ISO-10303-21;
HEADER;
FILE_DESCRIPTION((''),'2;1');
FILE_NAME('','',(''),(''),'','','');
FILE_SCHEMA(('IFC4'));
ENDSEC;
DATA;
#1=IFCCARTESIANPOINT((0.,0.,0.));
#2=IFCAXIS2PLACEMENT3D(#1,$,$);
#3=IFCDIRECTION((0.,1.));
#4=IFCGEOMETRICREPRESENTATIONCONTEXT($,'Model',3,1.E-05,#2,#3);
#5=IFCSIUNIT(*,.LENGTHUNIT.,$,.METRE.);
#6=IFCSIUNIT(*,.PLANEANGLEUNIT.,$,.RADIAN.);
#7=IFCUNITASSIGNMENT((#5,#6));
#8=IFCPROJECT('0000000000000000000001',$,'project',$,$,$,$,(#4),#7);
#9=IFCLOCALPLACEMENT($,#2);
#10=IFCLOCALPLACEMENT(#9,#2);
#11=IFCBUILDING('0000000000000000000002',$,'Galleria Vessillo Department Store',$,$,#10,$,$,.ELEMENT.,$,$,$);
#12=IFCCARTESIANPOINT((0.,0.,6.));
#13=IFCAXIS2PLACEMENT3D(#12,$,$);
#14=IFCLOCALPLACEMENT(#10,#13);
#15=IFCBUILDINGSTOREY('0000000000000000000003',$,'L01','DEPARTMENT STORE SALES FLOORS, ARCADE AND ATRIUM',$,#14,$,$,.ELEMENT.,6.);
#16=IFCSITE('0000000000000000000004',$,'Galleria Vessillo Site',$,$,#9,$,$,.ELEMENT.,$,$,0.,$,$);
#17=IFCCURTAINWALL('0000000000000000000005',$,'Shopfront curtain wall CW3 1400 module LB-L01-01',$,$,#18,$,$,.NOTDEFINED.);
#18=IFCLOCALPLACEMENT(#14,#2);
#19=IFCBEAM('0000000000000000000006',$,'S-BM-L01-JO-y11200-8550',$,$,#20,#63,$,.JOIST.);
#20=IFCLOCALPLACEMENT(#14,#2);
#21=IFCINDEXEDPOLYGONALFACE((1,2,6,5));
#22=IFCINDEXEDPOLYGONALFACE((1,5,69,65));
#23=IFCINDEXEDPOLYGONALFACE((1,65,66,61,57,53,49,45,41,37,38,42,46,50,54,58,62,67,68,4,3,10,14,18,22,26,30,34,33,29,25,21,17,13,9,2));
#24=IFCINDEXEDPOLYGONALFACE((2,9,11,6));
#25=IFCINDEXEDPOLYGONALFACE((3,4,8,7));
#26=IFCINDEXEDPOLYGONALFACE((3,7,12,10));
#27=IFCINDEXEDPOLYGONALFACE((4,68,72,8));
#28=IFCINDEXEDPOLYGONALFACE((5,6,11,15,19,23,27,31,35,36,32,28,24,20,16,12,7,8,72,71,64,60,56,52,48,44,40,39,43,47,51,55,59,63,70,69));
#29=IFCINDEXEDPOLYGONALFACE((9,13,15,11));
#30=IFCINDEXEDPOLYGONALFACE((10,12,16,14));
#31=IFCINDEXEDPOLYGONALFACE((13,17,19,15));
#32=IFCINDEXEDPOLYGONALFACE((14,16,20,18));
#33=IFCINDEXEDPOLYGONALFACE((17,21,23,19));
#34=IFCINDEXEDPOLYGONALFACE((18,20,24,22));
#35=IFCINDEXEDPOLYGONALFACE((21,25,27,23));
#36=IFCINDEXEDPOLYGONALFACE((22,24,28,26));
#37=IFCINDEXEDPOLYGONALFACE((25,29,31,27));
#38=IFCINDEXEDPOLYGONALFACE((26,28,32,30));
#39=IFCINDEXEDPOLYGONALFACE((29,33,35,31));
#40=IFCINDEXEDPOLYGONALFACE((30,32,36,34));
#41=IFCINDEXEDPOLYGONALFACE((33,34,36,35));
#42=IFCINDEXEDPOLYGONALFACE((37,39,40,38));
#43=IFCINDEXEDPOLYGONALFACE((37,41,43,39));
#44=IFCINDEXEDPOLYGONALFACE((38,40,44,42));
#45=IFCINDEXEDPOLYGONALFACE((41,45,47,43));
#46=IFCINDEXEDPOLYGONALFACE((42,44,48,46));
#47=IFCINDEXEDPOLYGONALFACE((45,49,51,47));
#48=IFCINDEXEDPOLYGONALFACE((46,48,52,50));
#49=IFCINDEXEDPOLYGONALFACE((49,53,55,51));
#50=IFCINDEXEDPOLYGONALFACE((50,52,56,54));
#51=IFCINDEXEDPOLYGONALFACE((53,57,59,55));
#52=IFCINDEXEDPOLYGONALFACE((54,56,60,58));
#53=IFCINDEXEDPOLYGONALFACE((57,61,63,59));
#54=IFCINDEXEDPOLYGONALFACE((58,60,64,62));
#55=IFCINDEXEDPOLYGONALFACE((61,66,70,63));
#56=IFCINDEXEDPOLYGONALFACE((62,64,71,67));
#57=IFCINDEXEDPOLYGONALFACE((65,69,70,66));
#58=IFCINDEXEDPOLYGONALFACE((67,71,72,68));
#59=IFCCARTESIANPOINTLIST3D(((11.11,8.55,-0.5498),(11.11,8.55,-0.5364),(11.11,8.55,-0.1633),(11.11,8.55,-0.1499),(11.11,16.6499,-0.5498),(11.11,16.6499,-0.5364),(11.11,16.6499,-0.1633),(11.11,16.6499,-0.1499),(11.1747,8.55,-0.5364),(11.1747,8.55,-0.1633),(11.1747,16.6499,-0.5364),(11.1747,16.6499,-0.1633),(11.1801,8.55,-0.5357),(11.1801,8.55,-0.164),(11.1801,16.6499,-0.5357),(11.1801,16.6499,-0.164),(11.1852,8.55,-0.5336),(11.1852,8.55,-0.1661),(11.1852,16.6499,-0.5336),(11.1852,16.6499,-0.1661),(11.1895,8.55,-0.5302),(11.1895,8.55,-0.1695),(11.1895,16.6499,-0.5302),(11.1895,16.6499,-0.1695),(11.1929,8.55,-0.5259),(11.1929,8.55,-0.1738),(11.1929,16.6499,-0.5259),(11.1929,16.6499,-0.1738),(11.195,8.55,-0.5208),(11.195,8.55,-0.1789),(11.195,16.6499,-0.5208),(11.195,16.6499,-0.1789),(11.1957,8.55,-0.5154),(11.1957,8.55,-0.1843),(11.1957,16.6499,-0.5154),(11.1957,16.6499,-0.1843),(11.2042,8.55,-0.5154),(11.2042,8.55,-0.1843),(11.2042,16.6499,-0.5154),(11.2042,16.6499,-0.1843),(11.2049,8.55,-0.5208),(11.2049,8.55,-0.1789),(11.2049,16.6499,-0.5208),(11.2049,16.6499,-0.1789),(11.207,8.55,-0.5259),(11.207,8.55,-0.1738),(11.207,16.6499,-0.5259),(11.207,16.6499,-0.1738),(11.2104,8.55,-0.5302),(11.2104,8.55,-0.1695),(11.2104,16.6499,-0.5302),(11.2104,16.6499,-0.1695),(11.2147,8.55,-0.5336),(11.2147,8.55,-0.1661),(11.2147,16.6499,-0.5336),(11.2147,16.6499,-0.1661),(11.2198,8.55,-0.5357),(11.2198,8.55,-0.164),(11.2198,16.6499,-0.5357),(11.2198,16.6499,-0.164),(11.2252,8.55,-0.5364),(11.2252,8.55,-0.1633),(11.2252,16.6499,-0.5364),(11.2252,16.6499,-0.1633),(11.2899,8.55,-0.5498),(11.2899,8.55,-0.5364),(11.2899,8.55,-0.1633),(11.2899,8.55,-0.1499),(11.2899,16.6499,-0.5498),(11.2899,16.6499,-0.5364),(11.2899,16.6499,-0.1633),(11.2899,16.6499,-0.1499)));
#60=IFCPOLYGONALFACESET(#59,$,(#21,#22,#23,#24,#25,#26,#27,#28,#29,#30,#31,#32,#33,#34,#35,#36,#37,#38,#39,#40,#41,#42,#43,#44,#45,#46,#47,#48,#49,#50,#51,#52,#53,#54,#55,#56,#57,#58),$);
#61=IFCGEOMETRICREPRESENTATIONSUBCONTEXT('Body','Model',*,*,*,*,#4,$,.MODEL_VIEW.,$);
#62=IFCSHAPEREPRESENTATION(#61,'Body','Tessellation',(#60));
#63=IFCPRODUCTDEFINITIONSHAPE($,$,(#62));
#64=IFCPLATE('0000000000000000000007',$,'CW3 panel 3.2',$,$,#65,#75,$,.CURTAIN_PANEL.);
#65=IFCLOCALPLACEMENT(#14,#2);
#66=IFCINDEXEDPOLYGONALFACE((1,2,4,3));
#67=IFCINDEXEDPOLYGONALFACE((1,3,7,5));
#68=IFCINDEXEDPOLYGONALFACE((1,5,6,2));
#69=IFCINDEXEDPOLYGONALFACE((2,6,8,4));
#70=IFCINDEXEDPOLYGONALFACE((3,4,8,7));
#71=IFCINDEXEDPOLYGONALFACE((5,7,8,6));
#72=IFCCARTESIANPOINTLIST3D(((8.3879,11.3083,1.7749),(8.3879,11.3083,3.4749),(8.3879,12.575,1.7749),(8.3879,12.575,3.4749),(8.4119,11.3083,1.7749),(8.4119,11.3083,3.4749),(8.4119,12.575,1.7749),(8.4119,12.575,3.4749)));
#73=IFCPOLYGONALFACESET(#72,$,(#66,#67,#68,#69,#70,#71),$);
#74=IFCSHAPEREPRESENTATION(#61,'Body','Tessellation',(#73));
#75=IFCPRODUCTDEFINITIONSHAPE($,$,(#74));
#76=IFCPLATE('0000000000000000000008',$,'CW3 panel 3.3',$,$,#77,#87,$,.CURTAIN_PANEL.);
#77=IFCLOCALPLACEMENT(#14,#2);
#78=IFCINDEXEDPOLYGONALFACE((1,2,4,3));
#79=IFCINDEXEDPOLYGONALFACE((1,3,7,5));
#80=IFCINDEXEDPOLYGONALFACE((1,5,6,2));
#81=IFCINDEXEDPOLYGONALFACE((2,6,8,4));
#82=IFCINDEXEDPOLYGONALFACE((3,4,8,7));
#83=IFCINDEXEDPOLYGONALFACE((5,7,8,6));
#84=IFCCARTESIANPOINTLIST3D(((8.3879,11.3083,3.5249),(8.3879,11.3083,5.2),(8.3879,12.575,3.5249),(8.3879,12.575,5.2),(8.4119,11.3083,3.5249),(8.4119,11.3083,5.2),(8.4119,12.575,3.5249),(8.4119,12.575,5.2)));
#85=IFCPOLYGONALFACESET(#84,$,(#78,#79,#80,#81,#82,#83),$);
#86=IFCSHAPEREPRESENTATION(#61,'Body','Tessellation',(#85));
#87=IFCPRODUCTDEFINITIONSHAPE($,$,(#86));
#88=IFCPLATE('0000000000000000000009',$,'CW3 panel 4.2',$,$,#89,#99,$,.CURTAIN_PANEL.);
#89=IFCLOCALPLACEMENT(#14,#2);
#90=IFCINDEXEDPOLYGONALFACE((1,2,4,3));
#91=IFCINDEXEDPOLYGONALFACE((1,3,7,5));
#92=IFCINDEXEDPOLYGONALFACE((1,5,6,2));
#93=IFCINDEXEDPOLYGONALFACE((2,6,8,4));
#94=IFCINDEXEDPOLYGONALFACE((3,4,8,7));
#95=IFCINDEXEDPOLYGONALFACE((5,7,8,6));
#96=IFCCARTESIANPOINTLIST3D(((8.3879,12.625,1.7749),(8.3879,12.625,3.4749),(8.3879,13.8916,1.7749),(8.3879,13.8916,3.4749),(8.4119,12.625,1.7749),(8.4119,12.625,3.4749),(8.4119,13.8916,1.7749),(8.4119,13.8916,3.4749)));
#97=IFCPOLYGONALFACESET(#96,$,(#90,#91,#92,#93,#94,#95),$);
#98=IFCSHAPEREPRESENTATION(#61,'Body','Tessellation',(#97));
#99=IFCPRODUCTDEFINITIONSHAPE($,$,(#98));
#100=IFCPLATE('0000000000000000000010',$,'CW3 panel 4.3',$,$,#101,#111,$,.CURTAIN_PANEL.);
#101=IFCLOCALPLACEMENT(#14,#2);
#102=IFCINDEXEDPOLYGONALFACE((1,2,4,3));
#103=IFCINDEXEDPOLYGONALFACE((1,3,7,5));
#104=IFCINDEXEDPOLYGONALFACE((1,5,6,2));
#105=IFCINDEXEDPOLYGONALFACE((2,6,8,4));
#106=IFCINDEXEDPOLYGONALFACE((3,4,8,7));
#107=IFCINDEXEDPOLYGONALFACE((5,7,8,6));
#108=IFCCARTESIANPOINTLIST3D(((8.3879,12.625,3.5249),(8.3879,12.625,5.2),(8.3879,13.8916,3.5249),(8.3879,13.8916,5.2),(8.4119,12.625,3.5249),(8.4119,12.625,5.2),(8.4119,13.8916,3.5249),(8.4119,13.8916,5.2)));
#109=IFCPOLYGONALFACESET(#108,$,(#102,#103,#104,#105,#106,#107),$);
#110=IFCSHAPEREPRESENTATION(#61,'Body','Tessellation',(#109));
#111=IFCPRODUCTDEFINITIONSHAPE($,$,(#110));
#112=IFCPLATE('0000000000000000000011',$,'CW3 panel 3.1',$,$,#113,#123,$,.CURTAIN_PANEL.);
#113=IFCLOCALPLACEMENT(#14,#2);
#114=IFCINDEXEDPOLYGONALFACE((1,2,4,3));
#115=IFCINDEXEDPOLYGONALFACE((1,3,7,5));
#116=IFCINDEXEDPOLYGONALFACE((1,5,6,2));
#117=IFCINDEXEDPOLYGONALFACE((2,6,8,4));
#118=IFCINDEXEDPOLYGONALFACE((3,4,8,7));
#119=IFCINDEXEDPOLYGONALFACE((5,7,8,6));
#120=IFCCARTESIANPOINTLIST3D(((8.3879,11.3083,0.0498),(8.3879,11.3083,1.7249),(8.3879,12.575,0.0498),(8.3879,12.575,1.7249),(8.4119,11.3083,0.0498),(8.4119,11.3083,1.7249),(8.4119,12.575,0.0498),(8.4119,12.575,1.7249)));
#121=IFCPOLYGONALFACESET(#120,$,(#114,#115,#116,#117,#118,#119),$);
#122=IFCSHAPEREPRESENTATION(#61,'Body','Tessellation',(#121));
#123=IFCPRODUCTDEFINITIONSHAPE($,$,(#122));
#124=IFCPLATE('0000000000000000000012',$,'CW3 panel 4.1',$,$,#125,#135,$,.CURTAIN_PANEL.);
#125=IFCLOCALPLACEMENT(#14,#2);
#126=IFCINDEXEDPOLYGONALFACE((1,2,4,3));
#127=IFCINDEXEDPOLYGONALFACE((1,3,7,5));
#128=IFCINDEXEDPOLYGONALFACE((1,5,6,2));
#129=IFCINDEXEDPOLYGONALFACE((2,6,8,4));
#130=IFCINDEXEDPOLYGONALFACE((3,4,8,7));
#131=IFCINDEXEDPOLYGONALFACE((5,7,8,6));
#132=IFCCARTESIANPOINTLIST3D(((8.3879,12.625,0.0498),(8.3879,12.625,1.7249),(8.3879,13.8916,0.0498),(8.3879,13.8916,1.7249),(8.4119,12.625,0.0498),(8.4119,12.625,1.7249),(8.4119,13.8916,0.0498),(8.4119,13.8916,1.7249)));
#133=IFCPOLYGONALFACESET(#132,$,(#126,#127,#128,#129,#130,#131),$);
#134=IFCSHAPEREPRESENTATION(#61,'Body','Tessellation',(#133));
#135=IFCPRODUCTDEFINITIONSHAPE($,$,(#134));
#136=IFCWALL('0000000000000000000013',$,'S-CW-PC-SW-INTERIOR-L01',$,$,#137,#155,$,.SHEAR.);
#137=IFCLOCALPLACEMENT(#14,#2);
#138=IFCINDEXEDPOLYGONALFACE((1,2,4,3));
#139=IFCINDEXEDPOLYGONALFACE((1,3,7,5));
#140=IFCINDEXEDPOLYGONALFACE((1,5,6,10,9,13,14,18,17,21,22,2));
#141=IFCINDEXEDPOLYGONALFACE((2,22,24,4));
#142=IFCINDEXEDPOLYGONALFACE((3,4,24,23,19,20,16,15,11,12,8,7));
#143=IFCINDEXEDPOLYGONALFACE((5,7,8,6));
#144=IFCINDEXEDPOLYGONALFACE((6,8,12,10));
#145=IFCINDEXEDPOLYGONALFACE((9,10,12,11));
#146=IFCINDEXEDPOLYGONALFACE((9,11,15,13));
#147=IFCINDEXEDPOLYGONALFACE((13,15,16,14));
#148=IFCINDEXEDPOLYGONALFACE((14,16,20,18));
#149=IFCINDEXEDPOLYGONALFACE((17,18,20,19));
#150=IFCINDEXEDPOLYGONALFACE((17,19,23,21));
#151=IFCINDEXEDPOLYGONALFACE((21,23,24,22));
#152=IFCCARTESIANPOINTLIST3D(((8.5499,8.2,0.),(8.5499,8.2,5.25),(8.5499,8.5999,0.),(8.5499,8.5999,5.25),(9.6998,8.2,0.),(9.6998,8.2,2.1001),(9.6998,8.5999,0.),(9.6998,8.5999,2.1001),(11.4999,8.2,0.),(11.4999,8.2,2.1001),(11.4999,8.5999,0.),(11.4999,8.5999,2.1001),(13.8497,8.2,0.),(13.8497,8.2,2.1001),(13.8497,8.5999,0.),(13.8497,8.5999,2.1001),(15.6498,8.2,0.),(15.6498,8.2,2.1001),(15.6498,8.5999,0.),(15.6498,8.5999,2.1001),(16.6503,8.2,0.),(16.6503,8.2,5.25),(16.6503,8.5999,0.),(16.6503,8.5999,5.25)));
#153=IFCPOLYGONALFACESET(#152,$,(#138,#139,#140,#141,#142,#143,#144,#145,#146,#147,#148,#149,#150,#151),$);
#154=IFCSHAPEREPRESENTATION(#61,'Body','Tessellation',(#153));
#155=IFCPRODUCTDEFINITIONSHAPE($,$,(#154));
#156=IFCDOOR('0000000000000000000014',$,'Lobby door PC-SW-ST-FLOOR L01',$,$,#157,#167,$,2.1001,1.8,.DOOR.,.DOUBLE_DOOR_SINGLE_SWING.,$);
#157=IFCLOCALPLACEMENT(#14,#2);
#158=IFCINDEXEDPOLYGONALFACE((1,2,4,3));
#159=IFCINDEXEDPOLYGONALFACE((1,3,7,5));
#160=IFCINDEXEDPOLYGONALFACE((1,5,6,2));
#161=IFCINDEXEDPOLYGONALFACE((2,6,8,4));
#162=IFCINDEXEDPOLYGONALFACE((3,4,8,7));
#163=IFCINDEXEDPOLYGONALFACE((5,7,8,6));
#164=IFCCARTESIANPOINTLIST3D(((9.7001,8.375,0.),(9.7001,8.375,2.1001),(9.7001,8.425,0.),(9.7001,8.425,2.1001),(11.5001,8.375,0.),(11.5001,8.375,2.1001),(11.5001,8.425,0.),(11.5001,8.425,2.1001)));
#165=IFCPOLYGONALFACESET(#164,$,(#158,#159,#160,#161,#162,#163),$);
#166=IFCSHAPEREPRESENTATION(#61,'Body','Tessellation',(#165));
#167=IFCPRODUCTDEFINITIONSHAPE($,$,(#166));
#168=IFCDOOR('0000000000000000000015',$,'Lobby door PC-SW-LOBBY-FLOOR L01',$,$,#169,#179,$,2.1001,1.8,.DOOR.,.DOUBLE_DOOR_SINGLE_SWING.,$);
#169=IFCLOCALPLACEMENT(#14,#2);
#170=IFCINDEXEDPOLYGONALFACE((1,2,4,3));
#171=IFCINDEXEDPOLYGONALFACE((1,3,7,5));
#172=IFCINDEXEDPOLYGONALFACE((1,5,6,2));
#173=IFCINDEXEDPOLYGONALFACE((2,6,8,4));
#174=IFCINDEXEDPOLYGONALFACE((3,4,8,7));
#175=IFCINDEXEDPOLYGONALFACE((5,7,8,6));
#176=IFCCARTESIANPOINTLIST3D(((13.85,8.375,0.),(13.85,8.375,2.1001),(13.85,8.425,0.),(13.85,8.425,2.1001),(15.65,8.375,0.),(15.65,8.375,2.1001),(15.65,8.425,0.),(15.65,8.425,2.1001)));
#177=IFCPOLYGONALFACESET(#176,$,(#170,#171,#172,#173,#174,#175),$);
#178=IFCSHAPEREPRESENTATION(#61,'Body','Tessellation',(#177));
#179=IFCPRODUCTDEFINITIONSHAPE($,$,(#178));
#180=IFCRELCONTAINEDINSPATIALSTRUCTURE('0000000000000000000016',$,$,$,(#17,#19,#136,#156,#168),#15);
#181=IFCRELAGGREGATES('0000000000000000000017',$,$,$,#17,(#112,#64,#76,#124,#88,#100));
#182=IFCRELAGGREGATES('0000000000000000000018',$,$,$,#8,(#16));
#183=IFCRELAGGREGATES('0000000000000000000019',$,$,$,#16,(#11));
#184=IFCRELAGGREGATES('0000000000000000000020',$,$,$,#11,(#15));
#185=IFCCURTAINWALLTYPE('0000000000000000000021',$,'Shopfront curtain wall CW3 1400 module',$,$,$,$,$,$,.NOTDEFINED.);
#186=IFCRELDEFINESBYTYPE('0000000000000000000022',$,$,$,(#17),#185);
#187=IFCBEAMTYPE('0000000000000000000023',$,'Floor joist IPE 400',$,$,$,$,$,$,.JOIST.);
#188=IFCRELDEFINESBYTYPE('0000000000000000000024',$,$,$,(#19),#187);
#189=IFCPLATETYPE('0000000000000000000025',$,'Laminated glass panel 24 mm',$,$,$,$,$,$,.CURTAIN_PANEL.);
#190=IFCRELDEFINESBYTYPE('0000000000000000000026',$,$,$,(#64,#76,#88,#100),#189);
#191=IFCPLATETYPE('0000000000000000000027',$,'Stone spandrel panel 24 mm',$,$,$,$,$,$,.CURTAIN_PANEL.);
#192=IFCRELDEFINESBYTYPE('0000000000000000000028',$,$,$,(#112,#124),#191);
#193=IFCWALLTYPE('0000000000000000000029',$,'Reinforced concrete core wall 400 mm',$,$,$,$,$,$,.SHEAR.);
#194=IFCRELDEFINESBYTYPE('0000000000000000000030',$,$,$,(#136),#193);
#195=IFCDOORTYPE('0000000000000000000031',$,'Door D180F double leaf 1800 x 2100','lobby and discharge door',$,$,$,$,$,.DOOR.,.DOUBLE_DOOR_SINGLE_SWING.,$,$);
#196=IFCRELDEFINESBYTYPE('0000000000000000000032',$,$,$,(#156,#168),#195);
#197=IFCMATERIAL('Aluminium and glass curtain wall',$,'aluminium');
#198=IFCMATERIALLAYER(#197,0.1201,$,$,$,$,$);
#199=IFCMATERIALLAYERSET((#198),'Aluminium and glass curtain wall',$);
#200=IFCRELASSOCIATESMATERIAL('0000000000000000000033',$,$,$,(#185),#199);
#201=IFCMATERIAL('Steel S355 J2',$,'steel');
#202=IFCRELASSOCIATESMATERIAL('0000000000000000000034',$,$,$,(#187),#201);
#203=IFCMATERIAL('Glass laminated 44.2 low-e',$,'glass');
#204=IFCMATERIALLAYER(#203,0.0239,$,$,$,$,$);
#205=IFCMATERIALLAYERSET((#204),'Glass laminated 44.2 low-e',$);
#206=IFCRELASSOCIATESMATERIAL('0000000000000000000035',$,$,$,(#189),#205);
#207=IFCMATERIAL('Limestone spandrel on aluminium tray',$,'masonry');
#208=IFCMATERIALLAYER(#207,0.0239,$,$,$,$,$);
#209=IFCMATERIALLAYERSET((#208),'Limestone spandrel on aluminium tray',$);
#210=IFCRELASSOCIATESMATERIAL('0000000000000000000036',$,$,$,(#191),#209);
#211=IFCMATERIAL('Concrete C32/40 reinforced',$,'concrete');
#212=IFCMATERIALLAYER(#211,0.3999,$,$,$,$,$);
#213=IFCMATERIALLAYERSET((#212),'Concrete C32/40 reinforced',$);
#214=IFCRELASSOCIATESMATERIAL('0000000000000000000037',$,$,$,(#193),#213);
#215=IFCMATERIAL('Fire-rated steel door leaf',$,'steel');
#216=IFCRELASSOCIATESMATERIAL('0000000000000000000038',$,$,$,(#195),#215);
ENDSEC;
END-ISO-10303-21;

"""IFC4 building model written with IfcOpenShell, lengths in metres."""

from ifc_helpers import new_model, si_unit, direction, frame, frame_2d, origin, origin_2d, place, context, subcontext, project, spatial, rectangle, i_section, extrude, material, layer, layer_set, material_profile, profile_set, type_object, element, fill, aggregate, save


model = new_model("IFC4")

# Units and contexts
model_context = context("Model", 3, precision=1e-05, world=origin(), true_north=direction((0.0, 1.0)))
body_context = subcontext(model_context, "Body", "Model", "MODEL_VIEW")
ifc_project = project(units=[si_unit("LENGTHUNIT", "METRE"), si_unit("PLANEANGLEUNIT", "RADIAN")], contexts=[model_context])

# Site, building, storey
site_placement = place(None, origin())
site = spatial("IfcSite", under=ifc_project, at=site_placement, Name="Galleria Vessillo Site", CompositionType="ELEMENT", RefElevation=0.0)
building_placement = place(site_placement, origin())
building = spatial("IfcBuilding", under=site, at=building_placement, Name="Galleria Vessillo Department Store", CompositionType="ELEMENT")
storey_placement = place(building_placement, frame((0.0, 0.0, 6.0)))
storey = spatial("IfcBuildingStorey", under=building, at=storey_placement, Name="L01", Description="DEPARTMENT STORE SALES FLOORS, ARCADE AND ATRIUM", CompositionType="ELEMENT", Elevation=6.0)

# Curtain wall
ifc_material_1 = material(Name="Aluminium and glass curtain wall", Category="aluminium")
ifc_layer_1 = layer(ifc_material_1, 0.1201)
ifc_layer_set_1 = layer_set([ifc_layer_1], Name="Aluminium and glass curtain wall")
curtain_wall_type = type_object("IfcCurtainWallType", Name="Shopfront curtain wall CW3 1400 module", PredefinedType="NOTDEFINED", material=ifc_layer_set_1)
curtain_wall_placement = place(storey_placement, origin())
curtain_wall = element("IfcCurtainWall", 1, at=curtain_wall_placement, inside=storey, type_object=curtain_wall_type, Name="Shopfront curtain wall CW3 1400 module LB-L01-01", PredefinedType="NOTDEFINED")

# Beam
ifc_material_2 = material(Name="Steel S355 J2", Category="steel")
ifc_material_profile_1 = material_profile(ifc_material_2, i_section(OverallWidth=0.1799, OverallDepth=0.3999, WebThickness=0.0085, FlangeThickness=0.0134, FilletRadius=0.021, at=origin_2d()), Name="IPE 400")
ifc_profile_set_1 = profile_set([ifc_material_profile_1], Name="Steel S355 J2")
beam_type = type_object("IfcBeamType", Name="Floor joist IPE 400", PredefinedType="JOIST", material=ifc_profile_set_1)
beam_placement = place(storey_placement, frame((11.2, 8.55, -0.3499), z_axis=(0.0, 1.0, 0.0), x_axis=(-1.0, 0.0, 0.0)))
element("IfcBeam", 2, at=beam_placement, inside=storey, type_object=beam_type, Name="S-BM-L01-JO-y11200-8550", PredefinedType="JOIST", context=body_context, shape_type="SweptSolid", body=[
    extrude(i_section(OverallWidth=0.1799, OverallDepth=0.3999, WebThickness=0.0085, FlangeThickness=0.0134, FilletRadius=0.021, at=origin_2d()), origin(), (0.0, 0.0, 1.0), 8.0999),
])

# Plates
ifc_material_3 = material(Name="Glass laminated 44.2 low-e", Category="glass")
ifc_layer_2 = layer(ifc_material_3, 0.0239)
ifc_layer_set_2 = layer_set([ifc_layer_2], Name="Glass laminated 44.2 low-e")
plate_type_1 = type_object("IfcPlateType", Name="Laminated glass panel 24 mm", PredefinedType="CURTAIN_PANEL", material=ifc_layer_set_2)
plate_1_placement = place(storey_placement, frame((8.3999, 11.9417, 1.7749), z_axis=(0.0, 0.0, 1.0), x_axis=(0.0, 1.0, 0.0)))
plate_1 = element("IfcPlate", 3, at=plate_1_placement, type_object=plate_type_1, Name="CW3 panel 3.2", PredefinedType="CURTAIN_PANEL", context=body_context, shape_type="SweptSolid", body=[
    extrude(rectangle(XDim=1.2666, YDim=0.0239, at=origin_2d()), origin(), (0.0, 0.0, 1.0), 1.7),
])
plate_2_placement = place(storey_placement, frame((8.3999, 11.9417, 3.5249), z_axis=(0.0, 0.0, 1.0), x_axis=(0.0, 1.0, 0.0)))
plate_2 = element("IfcPlate", 4, at=plate_2_placement, type_object=plate_type_1, Name="CW3 panel 3.3", PredefinedType="CURTAIN_PANEL", context=body_context, shape_type="SweptSolid", body=[
    extrude(rectangle(XDim=1.2666, YDim=0.0239, at=origin_2d()), origin(), (0.0, 0.0, 1.0), 1.675),
])
plate_3_placement = place(storey_placement, frame((8.3999, 13.2583, 1.7749), z_axis=(0.0, 0.0, 1.0), x_axis=(0.0, 1.0, 0.0)))
plate_3 = element("IfcPlate", 5, at=plate_3_placement, type_object=plate_type_1, Name="CW3 panel 4.2", PredefinedType="CURTAIN_PANEL", context=body_context, shape_type="SweptSolid", body=[
    extrude(rectangle(XDim=1.2666, YDim=0.0239, at=origin_2d()), origin(), (0.0, 0.0, 1.0), 1.7),
])
plate_4_placement = place(storey_placement, frame((8.3999, 13.2583, 3.5249), z_axis=(0.0, 0.0, 1.0), x_axis=(0.0, 1.0, 0.0)))
plate_4 = element("IfcPlate", 6, at=plate_4_placement, type_object=plate_type_1, Name="CW3 panel 4.3", PredefinedType="CURTAIN_PANEL", context=body_context, shape_type="SweptSolid", body=[
    extrude(rectangle(XDim=1.2666, YDim=0.0239, at=origin_2d()), origin(), (0.0, 0.0, 1.0), 1.675),
])
ifc_material_4 = material(Name="Limestone spandrel on aluminium tray", Category="masonry")
ifc_layer_3 = layer(ifc_material_4, 0.0239)
ifc_layer_set_3 = layer_set([ifc_layer_3], Name="Limestone spandrel on aluminium tray")
plate_type_2 = type_object("IfcPlateType", Name="Stone spandrel panel 24 mm", PredefinedType="CURTAIN_PANEL", material=ifc_layer_set_3)
plate_5_placement = place(storey_placement, frame((8.3999, 11.9417, 0.0498), z_axis=(0.0, 0.0, 1.0), x_axis=(0.0, 1.0, 0.0)))
plate_5 = element("IfcPlate", 7, at=plate_5_placement, type_object=plate_type_2, Name="CW3 panel 3.1", PredefinedType="CURTAIN_PANEL", context=body_context, shape_type="SweptSolid", body=[
    extrude(rectangle(XDim=1.2666, YDim=0.0239, at=origin_2d()), origin(), (0.0, 0.0, 1.0), 1.675),
])
plate_6_placement = place(storey_placement, frame((8.3999, 13.2583, 0.0498), z_axis=(0.0, 0.0, 1.0), x_axis=(0.0, 1.0, 0.0)))
plate_6 = element("IfcPlate", 8, at=plate_6_placement, type_object=plate_type_2, Name="CW3 panel 4.1", PredefinedType="CURTAIN_PANEL", context=body_context, shape_type="SweptSolid", body=[
    extrude(rectangle(XDim=1.2666, YDim=0.0239, at=origin_2d()), origin(), (0.0, 0.0, 1.0), 1.675),
])
aggregate(curtain_wall, [plate_5, plate_1, plate_2, plate_6, plate_3, plate_4])

# Wall, openings, doors
ifc_material_5 = material(Name="Concrete C32/40 reinforced", Category="concrete")
ifc_layer_4 = layer(ifc_material_5, 0.3999)
ifc_layer_set_4 = layer_set([ifc_layer_4], Name="Concrete C32/40 reinforced")
wall_type = type_object("IfcWallType", Name="Reinforced concrete core wall 400 mm", PredefinedType="SHEAR", material=ifc_layer_set_4)
wall_placement = place(storey_placement, frame((8.5498, 8.3999, 0.0), z_axis=(0.0, 0.0, 1.0), x_axis=(1.0, 0.0, 0.0)))
wall = element("IfcWall", 9, at=wall_placement, inside=storey, type_object=wall_type, Name="S-CW-PC-SW-INTERIOR-L01", PredefinedType="SHEAR", context=body_context, shape_type="SweptSolid", body=[
    extrude(rectangle(XDim=8.1003, YDim=0.3999, at=frame_2d((4.0503, 0.0))), origin(), (0.0, 0.0, 1.0), 5.25),
])
opening_1_placement = place(wall_placement, frame((1.1501, 0.0, 0.0)))
opening_1 = element("IfcOpeningElement", 10, at=opening_1_placement, cuts=wall, PredefinedType="OPENING", context=body_context, shape_type="SweptSolid", body=[
    extrude(rectangle(XDim=1.8, YDim=2.1001, at=frame_2d((0.8999, 1.05))), frame((0.0, 0.21, 0.0), z_axis=(0.0, -1.0, 0.0), x_axis=(1.0, 0.0, 0.0)), (0.0, 0.0, 1.0), 0.4199),
])
opening_2_placement = place(wall_placement, frame((5.3, 0.0, 0.0)))
opening_2 = element("IfcOpeningElement", 11, at=opening_2_placement, cuts=wall, PredefinedType="OPENING", context=body_context, shape_type="SweptSolid", body=[
    extrude(rectangle(XDim=1.8, YDim=2.1001, at=frame_2d((0.8999, 1.05))), frame((0.0, 0.21, 0.0), z_axis=(0.0, -1.0, 0.0), x_axis=(1.0, 0.0, 0.0)), (0.0, 0.0, 1.0), 0.4199),
])
ifc_material_6 = material(Name="Fire-rated steel door leaf", Category="steel")
door_type = type_object("IfcDoorType", Name="Door D180F double leaf 1800 x 2100", Description="lobby and discharge door", OperationType="DOUBLE_DOOR_SINGLE_SWING", PredefinedType="DOOR", material=ifc_material_6)
door_1_placement = place(opening_1_placement, frame((1.8, 0.0, 0.0), z_axis=(0.0, 0.0, 1.0), x_axis=(-1.0, 0.0, 0.0)))
door_1 = element("IfcDoor", 12, at=door_1_placement, inside=storey, type_object=door_type, Name="Lobby door PC-SW-ST-FLOOR L01", OperationType="DOUBLE_DOOR_SINGLE_SWING", OverallHeight=2.1001, OverallWidth=1.8, PredefinedType="DOOR", context=body_context, shape_type="SweptSolid", body=[
    extrude(rectangle(XDim=1.8, YDim=2.1001, at=frame_2d((0.8999, 1.05))), frame((0.0, 0.0249, 0.0), z_axis=(0.0, -1.0, 0.0), x_axis=(1.0, 0.0, 0.0)), (0.0, 0.0, 1.0), 0.05),
])
fill(opening_1, door_1)
door_2_placement = place(opening_2_placement, frame((1.8, 0.0, 0.0), z_axis=(0.0, 0.0, 1.0), x_axis=(-1.0, 0.0, 0.0)))
door_2 = element("IfcDoor", 13, at=door_2_placement, inside=storey, type_object=door_type, Name="Lobby door PC-SW-LOBBY-FLOOR L01", OperationType="DOUBLE_DOOR_SINGLE_SWING", OverallHeight=2.1001, OverallWidth=1.8, PredefinedType="DOOR", context=body_context, shape_type="SweptSolid", body=[
    extrude(rectangle(XDim=1.8, YDim=2.1001, at=frame_2d((0.8999, 1.05))), frame((0.0, 0.0249, 0.0), z_axis=(0.0, -1.0, 0.0), x_axis=(1.0, 0.0, 0.0)), (0.0, 0.0, 1.0), 0.05),
])
fill(opening_2, door_2)

save(model, "model.ifc")
